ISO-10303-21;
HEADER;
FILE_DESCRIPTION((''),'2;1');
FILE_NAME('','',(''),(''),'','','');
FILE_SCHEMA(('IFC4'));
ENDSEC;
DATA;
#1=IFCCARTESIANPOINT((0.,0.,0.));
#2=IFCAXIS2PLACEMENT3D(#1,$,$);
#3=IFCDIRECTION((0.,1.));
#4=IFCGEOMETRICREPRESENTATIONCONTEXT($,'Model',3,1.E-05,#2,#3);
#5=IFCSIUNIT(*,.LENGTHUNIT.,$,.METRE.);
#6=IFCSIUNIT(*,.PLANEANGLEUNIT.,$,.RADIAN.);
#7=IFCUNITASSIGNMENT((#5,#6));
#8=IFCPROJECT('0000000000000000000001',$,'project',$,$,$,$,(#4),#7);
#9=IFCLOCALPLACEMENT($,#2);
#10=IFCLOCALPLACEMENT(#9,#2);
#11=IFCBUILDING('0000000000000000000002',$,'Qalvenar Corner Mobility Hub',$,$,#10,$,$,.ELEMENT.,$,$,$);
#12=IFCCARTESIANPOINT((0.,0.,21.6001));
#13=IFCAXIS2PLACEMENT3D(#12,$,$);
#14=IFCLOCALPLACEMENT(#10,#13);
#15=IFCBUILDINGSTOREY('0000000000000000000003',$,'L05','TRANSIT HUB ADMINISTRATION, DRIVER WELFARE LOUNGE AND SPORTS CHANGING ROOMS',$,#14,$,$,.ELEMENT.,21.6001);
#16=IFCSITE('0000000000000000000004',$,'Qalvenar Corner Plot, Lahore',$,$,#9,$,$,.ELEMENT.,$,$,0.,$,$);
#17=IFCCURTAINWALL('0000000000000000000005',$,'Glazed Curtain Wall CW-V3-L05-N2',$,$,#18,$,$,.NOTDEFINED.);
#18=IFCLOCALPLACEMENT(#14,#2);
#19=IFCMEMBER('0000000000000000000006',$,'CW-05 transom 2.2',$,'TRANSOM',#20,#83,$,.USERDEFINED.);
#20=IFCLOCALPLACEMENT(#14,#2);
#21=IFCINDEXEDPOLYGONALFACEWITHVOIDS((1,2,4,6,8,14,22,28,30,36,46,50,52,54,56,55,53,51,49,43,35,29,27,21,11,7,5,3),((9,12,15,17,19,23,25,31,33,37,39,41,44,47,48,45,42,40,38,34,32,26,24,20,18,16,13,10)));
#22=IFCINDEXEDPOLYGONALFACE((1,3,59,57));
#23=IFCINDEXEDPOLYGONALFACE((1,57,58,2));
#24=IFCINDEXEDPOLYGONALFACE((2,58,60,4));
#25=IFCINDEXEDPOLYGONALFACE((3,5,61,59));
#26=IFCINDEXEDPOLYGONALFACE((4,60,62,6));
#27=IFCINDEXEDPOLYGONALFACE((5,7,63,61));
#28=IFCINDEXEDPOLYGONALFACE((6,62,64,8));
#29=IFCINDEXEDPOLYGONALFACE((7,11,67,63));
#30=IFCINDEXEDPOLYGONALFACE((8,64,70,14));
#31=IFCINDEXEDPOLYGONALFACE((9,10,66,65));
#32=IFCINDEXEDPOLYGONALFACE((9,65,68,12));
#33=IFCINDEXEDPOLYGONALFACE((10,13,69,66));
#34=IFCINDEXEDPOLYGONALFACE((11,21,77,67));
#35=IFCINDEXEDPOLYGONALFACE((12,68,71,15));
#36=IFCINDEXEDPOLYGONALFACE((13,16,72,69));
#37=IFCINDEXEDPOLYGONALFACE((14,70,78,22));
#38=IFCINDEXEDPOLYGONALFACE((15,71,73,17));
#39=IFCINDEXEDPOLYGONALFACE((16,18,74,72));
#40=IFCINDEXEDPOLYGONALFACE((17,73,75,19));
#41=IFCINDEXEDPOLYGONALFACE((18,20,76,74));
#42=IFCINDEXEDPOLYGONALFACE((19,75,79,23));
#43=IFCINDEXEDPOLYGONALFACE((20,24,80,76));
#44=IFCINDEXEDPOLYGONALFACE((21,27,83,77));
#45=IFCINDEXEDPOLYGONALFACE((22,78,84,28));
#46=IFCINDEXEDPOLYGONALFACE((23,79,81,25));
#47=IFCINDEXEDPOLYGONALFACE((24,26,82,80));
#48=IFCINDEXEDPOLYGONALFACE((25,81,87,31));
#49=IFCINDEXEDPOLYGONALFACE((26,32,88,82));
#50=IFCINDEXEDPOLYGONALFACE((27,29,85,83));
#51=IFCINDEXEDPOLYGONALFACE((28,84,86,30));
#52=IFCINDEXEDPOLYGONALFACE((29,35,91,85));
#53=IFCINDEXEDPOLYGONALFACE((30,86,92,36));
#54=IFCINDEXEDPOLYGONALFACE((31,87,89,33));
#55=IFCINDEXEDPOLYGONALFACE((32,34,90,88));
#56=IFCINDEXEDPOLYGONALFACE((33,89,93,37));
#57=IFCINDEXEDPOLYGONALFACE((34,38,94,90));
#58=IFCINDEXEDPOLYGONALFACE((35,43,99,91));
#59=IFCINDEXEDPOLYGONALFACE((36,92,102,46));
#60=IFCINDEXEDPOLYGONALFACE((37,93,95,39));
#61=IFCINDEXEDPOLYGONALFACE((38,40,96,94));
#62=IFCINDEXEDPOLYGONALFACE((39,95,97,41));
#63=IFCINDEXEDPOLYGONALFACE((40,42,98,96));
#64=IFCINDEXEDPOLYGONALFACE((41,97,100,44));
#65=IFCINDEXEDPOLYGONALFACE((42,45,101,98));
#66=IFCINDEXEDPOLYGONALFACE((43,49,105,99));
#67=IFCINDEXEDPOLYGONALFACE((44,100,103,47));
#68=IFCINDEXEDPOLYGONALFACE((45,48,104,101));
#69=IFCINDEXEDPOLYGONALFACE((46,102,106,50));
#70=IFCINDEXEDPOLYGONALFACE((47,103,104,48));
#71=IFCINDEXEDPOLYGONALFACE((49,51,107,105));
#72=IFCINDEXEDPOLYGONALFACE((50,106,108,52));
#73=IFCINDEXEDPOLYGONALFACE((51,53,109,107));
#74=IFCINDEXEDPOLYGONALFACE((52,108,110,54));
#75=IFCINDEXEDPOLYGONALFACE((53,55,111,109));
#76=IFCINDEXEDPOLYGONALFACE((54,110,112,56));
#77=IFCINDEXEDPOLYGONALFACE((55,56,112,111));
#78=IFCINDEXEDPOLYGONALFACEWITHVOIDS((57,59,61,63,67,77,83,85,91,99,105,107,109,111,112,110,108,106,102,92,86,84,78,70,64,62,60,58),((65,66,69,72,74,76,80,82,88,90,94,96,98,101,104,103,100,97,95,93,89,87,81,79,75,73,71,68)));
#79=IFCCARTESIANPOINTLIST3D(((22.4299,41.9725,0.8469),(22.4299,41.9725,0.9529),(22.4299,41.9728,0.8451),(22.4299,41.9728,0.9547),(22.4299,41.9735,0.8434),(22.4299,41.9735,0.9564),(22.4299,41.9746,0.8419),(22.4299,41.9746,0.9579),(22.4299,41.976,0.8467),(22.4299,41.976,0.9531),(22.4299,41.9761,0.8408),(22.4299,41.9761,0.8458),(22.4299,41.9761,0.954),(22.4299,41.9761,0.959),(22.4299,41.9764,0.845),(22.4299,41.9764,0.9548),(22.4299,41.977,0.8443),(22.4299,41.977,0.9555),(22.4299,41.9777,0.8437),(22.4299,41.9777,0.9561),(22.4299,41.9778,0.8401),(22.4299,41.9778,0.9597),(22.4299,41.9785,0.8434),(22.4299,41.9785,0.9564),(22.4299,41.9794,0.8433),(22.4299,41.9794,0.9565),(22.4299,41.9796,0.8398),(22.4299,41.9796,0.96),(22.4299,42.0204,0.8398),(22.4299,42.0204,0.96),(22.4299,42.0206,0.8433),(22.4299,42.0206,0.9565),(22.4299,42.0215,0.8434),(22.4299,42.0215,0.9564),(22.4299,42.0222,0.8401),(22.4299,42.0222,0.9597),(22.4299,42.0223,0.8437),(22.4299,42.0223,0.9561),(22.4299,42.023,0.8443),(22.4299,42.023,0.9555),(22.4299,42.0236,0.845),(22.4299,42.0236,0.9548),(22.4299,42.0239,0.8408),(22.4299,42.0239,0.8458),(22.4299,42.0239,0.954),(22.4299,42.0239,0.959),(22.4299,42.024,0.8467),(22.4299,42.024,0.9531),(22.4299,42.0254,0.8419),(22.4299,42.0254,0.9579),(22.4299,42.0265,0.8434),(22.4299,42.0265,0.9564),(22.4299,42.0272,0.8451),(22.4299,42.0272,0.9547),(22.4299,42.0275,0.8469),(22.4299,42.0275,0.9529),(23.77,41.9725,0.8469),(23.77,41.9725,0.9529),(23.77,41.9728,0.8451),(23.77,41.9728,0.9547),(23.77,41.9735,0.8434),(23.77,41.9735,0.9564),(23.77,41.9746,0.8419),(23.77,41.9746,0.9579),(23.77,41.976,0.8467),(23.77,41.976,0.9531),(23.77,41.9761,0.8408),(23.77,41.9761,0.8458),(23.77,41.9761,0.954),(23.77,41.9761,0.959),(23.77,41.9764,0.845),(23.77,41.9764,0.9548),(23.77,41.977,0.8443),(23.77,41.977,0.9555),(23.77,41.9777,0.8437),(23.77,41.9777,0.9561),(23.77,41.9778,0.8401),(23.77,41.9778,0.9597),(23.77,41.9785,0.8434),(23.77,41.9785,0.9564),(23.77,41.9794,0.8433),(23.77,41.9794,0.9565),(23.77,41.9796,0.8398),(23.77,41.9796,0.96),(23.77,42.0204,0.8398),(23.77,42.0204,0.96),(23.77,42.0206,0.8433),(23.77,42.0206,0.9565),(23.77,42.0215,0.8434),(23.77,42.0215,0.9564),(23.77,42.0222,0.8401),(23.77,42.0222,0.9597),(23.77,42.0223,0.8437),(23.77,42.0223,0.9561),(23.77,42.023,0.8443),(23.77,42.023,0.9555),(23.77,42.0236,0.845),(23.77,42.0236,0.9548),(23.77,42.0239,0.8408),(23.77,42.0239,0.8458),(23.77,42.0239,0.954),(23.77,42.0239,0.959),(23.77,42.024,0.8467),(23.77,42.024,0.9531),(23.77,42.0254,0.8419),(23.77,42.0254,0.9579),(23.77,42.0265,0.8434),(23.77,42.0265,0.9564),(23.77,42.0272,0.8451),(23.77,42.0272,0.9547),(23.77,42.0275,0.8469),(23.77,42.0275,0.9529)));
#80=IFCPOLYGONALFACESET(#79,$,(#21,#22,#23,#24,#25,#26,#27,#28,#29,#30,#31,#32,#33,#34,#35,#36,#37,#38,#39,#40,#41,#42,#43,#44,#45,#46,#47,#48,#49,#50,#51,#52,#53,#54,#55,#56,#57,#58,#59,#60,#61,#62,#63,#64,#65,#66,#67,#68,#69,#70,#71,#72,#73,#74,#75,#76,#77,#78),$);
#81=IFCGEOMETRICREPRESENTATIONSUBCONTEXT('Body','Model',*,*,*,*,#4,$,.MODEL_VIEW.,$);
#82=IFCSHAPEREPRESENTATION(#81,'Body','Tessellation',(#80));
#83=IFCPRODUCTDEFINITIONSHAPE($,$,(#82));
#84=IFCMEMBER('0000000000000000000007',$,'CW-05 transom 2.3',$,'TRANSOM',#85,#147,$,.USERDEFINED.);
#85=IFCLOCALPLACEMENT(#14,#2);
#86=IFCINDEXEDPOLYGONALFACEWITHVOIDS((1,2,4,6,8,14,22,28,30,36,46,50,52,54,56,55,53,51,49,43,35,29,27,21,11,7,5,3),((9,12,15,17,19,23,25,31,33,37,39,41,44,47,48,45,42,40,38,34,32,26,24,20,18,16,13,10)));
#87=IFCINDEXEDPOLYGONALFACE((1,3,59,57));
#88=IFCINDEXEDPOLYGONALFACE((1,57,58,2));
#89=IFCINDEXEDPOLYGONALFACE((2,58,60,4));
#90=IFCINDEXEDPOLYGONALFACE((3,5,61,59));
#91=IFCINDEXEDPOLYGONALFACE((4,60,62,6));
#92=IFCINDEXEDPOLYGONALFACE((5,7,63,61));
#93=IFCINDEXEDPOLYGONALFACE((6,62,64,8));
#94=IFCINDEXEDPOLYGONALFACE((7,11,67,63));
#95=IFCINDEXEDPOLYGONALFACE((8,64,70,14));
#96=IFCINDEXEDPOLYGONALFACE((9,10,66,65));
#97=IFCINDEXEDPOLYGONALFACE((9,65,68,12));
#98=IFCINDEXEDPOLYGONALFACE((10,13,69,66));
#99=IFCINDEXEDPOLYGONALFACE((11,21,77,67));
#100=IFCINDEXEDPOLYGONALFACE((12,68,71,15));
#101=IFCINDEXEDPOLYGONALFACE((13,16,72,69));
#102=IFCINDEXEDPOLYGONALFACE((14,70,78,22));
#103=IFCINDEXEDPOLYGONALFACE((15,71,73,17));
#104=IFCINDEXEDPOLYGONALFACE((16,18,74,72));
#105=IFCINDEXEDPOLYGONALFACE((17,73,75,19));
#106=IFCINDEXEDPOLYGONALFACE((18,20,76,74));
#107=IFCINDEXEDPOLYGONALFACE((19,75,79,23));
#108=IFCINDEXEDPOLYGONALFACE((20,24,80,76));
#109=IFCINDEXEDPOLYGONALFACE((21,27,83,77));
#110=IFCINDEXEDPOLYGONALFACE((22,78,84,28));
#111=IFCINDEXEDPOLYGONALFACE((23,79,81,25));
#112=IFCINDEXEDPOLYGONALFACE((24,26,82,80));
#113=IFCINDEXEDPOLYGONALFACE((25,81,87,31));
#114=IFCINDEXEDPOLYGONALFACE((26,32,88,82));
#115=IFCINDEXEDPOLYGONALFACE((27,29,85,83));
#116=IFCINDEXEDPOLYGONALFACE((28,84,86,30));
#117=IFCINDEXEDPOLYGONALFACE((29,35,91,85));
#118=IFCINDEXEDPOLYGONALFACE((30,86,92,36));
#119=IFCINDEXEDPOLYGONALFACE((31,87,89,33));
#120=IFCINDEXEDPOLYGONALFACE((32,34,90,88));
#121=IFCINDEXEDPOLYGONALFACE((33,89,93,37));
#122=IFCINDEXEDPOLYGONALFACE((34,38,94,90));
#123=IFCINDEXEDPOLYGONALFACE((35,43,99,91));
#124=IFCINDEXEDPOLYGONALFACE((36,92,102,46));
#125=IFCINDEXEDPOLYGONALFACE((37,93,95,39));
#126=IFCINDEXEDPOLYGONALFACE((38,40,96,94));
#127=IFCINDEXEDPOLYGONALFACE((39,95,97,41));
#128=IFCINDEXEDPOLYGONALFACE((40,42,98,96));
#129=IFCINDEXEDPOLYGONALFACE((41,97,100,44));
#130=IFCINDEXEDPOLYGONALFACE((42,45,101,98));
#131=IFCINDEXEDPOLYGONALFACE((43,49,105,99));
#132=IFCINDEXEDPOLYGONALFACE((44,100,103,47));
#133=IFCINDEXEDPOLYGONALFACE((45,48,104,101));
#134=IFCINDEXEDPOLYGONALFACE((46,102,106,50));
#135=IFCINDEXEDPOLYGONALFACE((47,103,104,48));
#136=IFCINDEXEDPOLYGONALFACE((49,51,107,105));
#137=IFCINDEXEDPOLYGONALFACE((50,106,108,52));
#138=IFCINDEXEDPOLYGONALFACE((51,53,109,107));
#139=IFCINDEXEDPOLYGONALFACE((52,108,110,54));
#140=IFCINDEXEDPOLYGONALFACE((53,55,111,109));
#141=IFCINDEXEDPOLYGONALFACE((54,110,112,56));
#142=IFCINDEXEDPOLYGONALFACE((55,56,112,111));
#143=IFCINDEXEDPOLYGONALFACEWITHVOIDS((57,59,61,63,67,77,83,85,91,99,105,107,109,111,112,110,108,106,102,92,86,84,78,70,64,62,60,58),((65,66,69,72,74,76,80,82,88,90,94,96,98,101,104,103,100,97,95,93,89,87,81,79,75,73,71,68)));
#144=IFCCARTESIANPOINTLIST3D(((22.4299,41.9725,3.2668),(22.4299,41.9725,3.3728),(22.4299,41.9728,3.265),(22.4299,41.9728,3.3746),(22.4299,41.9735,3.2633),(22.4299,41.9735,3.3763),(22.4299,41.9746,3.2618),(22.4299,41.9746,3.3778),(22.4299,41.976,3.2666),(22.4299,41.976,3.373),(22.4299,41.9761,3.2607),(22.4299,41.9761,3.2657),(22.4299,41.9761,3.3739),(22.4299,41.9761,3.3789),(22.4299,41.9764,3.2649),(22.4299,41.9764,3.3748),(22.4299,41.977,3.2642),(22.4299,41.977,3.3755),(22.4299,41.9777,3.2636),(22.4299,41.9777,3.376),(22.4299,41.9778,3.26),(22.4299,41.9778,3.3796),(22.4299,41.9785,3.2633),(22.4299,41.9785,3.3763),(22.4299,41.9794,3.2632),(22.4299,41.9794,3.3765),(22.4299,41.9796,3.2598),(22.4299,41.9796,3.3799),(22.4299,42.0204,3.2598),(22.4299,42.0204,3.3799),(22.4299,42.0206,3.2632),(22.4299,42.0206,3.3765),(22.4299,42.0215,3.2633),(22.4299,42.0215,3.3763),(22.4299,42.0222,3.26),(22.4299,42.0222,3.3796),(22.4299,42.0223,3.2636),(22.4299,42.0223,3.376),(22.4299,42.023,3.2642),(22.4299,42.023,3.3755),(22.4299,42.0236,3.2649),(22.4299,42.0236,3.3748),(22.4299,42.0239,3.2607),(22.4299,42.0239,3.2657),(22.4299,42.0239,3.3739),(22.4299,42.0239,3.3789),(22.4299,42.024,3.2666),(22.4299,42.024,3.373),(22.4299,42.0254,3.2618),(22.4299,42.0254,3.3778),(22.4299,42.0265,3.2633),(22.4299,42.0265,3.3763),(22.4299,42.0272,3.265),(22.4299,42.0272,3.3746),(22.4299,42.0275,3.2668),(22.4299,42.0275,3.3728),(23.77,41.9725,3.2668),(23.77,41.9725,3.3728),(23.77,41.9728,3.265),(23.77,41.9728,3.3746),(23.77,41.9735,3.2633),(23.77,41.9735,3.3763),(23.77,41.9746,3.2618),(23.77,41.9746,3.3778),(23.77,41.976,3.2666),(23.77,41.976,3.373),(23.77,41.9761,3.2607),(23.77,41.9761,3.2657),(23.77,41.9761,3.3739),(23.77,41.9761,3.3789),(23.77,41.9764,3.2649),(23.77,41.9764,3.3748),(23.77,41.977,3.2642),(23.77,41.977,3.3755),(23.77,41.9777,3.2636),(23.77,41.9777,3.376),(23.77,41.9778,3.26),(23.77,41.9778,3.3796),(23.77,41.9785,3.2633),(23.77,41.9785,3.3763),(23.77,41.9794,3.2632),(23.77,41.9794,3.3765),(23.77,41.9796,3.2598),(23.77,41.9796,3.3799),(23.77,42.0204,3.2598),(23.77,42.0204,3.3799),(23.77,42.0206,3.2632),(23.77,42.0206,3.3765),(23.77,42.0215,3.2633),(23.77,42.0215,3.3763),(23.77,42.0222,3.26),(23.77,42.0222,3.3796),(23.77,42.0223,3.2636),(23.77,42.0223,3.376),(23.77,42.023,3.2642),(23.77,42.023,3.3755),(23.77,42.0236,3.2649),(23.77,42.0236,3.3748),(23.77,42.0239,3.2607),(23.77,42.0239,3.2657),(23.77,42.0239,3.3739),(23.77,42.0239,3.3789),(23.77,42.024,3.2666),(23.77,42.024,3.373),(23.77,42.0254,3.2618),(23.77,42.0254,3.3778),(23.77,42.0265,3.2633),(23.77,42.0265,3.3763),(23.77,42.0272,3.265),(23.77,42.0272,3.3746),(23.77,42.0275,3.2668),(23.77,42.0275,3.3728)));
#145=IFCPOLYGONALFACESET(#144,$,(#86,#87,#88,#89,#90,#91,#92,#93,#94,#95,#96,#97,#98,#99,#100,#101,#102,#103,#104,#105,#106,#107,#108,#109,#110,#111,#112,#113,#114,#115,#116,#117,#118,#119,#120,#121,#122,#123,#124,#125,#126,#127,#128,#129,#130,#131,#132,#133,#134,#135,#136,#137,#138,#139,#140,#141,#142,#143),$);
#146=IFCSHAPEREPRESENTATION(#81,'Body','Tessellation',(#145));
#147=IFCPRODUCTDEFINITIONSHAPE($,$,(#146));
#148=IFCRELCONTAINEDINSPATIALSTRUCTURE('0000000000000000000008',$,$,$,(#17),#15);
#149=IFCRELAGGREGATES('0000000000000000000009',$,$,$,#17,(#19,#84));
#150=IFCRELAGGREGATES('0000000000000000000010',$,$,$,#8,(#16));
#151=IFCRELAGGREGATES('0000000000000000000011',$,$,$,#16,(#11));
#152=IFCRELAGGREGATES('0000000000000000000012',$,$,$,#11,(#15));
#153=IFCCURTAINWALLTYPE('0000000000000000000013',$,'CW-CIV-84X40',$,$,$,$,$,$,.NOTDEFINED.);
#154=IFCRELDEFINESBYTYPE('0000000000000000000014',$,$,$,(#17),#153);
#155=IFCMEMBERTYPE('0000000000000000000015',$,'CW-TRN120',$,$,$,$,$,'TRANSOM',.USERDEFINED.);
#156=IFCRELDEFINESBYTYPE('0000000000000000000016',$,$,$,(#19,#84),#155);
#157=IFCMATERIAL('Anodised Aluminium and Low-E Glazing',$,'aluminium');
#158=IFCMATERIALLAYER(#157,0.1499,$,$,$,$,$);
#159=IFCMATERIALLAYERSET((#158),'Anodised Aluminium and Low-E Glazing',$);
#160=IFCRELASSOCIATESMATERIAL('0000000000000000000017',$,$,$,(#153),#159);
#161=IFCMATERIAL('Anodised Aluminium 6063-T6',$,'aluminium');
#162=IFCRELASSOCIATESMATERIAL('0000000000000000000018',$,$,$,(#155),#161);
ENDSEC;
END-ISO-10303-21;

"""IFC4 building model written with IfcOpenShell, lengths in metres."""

from ifc_helpers import new_model, si_unit, direction, frame, origin, origin_2d, place, context, subcontext, project, spatial, hollow_rectangle, extrude, material, layer, layer_set, material_profile, profile_set, type_object, element, aggregate, save


model = new_model("IFC4")

# Units and contexts
model_context = context("Model", 3, precision=1e-05, world=origin(), true_north=direction((0.0, 1.0)))
body_context = subcontext(model_context, "Body", "Model", "MODEL_VIEW")
ifc_project = project(units=[si_unit("LENGTHUNIT", "METRE"), si_unit("PLANEANGLEUNIT", "RADIAN")], contexts=[model_context])

# Site, building, storey
site_placement = place(None, origin())
site = spatial("IfcSite", under=ifc_project, at=site_placement, Name="Qalvenar Corner Plot, Lahore", CompositionType="ELEMENT", RefElevation=0.0)
building_placement = place(site_placement, origin())
building = spatial("IfcBuilding", under=site, at=building_placement, Name="Qalvenar Corner Mobility Hub", CompositionType="ELEMENT")
storey_placement = place(building_placement, frame((0.0, 0.0, 21.6001)))
storey = spatial("IfcBuildingStorey", under=building, at=storey_placement, Name="L05", Description="TRANSIT HUB ADMINISTRATION, DRIVER WELFARE LOUNGE AND SPORTS CHANGING ROOMS", CompositionType="ELEMENT", Elevation=21.6001)

# Curtain wall, members
ifc_material_1 = material(Name="Anodised Aluminium and Low-E Glazing", Category="aluminium")
ifc_layer_1 = layer(ifc_material_1, 0.1499)
ifc_layer_set_1 = layer_set([ifc_layer_1], Name="Anodised Aluminium and Low-E Glazing")
curtain_wall_type = type_object("IfcCurtainWallType", Name="CW-CIV-84X40", PredefinedType="NOTDEFINED", material=ifc_layer_set_1)
curtain_wall_placement = place(storey_placement, origin())
curtain_wall = element("IfcCurtainWall", 1, at=curtain_wall_placement, inside=storey, type_object=curtain_wall_type, Name="Glazed Curtain Wall CW-V3-L05-N2", PredefinedType="NOTDEFINED")
ifc_material_2 = material(Name="Anodised Aluminium 6063-T6", Category="aluminium")
ifc_material_profile_1 = material_profile(ifc_material_2, hollow_rectangle(XDim=0.0549, YDim=0.1201, WallThickness=0.0034, InnerFilletRadius=0.0034, OuterFilletRadius=0.0071, at=origin_2d()), Name="RHS120x55x3.5")
ifc_profile_set_1 = profile_set([ifc_material_profile_1], Name="Anodised Aluminium 6063-T6")
member_type_1 = type_object("IfcMemberType", Name="CW-TRN120", ElementType="TRANSOM", PredefinedType="USERDEFINED", material=ifc_profile_set_1)
member_1_placement = place(storey_placement, frame((23.77, 42.0, 0.8999), z_axis=(-1.0, 0.0, 0.0), x_axis=(0.0, -1.0, 0.0)))
member_1 = element("IfcMember", 2, at=member_1_placement, type_object=member_type_1, Name="CW-05 transom 2.2", ObjectType="TRANSOM", PredefinedType="USERDEFINED", context=body_context, shape_type="SweptSolid", body=[
    extrude(hollow_rectangle(XDim=0.0549, YDim=0.1201, WallThickness=0.0034, InnerFilletRadius=0.0034, OuterFilletRadius=0.0071, at=origin_2d()), origin(), (0.0, 0.0, 1.0), 1.3401),
])
member_2_placement = place(storey_placement, frame((23.77, 42.0, 3.3198), z_axis=(-1.0, 0.0, 0.0), x_axis=(0.0, -1.0, 0.0)))
member_2 = element("IfcMember", 3, at=member_2_placement, type_object=member_type_1, Name="CW-05 transom 2.3", ObjectType="TRANSOM", PredefinedType="USERDEFINED", context=body_context, shape_type="SweptSolid", body=[
    extrude(hollow_rectangle(XDim=0.0549, YDim=0.1201, WallThickness=0.0034, InnerFilletRadius=0.0034, OuterFilletRadius=0.0071, at=origin_2d()), origin(), (0.0, 0.0, 1.0), 1.3401),
])
aggregate(curtain_wall, [member_1, member_2])

save(model, "model.ifc")
